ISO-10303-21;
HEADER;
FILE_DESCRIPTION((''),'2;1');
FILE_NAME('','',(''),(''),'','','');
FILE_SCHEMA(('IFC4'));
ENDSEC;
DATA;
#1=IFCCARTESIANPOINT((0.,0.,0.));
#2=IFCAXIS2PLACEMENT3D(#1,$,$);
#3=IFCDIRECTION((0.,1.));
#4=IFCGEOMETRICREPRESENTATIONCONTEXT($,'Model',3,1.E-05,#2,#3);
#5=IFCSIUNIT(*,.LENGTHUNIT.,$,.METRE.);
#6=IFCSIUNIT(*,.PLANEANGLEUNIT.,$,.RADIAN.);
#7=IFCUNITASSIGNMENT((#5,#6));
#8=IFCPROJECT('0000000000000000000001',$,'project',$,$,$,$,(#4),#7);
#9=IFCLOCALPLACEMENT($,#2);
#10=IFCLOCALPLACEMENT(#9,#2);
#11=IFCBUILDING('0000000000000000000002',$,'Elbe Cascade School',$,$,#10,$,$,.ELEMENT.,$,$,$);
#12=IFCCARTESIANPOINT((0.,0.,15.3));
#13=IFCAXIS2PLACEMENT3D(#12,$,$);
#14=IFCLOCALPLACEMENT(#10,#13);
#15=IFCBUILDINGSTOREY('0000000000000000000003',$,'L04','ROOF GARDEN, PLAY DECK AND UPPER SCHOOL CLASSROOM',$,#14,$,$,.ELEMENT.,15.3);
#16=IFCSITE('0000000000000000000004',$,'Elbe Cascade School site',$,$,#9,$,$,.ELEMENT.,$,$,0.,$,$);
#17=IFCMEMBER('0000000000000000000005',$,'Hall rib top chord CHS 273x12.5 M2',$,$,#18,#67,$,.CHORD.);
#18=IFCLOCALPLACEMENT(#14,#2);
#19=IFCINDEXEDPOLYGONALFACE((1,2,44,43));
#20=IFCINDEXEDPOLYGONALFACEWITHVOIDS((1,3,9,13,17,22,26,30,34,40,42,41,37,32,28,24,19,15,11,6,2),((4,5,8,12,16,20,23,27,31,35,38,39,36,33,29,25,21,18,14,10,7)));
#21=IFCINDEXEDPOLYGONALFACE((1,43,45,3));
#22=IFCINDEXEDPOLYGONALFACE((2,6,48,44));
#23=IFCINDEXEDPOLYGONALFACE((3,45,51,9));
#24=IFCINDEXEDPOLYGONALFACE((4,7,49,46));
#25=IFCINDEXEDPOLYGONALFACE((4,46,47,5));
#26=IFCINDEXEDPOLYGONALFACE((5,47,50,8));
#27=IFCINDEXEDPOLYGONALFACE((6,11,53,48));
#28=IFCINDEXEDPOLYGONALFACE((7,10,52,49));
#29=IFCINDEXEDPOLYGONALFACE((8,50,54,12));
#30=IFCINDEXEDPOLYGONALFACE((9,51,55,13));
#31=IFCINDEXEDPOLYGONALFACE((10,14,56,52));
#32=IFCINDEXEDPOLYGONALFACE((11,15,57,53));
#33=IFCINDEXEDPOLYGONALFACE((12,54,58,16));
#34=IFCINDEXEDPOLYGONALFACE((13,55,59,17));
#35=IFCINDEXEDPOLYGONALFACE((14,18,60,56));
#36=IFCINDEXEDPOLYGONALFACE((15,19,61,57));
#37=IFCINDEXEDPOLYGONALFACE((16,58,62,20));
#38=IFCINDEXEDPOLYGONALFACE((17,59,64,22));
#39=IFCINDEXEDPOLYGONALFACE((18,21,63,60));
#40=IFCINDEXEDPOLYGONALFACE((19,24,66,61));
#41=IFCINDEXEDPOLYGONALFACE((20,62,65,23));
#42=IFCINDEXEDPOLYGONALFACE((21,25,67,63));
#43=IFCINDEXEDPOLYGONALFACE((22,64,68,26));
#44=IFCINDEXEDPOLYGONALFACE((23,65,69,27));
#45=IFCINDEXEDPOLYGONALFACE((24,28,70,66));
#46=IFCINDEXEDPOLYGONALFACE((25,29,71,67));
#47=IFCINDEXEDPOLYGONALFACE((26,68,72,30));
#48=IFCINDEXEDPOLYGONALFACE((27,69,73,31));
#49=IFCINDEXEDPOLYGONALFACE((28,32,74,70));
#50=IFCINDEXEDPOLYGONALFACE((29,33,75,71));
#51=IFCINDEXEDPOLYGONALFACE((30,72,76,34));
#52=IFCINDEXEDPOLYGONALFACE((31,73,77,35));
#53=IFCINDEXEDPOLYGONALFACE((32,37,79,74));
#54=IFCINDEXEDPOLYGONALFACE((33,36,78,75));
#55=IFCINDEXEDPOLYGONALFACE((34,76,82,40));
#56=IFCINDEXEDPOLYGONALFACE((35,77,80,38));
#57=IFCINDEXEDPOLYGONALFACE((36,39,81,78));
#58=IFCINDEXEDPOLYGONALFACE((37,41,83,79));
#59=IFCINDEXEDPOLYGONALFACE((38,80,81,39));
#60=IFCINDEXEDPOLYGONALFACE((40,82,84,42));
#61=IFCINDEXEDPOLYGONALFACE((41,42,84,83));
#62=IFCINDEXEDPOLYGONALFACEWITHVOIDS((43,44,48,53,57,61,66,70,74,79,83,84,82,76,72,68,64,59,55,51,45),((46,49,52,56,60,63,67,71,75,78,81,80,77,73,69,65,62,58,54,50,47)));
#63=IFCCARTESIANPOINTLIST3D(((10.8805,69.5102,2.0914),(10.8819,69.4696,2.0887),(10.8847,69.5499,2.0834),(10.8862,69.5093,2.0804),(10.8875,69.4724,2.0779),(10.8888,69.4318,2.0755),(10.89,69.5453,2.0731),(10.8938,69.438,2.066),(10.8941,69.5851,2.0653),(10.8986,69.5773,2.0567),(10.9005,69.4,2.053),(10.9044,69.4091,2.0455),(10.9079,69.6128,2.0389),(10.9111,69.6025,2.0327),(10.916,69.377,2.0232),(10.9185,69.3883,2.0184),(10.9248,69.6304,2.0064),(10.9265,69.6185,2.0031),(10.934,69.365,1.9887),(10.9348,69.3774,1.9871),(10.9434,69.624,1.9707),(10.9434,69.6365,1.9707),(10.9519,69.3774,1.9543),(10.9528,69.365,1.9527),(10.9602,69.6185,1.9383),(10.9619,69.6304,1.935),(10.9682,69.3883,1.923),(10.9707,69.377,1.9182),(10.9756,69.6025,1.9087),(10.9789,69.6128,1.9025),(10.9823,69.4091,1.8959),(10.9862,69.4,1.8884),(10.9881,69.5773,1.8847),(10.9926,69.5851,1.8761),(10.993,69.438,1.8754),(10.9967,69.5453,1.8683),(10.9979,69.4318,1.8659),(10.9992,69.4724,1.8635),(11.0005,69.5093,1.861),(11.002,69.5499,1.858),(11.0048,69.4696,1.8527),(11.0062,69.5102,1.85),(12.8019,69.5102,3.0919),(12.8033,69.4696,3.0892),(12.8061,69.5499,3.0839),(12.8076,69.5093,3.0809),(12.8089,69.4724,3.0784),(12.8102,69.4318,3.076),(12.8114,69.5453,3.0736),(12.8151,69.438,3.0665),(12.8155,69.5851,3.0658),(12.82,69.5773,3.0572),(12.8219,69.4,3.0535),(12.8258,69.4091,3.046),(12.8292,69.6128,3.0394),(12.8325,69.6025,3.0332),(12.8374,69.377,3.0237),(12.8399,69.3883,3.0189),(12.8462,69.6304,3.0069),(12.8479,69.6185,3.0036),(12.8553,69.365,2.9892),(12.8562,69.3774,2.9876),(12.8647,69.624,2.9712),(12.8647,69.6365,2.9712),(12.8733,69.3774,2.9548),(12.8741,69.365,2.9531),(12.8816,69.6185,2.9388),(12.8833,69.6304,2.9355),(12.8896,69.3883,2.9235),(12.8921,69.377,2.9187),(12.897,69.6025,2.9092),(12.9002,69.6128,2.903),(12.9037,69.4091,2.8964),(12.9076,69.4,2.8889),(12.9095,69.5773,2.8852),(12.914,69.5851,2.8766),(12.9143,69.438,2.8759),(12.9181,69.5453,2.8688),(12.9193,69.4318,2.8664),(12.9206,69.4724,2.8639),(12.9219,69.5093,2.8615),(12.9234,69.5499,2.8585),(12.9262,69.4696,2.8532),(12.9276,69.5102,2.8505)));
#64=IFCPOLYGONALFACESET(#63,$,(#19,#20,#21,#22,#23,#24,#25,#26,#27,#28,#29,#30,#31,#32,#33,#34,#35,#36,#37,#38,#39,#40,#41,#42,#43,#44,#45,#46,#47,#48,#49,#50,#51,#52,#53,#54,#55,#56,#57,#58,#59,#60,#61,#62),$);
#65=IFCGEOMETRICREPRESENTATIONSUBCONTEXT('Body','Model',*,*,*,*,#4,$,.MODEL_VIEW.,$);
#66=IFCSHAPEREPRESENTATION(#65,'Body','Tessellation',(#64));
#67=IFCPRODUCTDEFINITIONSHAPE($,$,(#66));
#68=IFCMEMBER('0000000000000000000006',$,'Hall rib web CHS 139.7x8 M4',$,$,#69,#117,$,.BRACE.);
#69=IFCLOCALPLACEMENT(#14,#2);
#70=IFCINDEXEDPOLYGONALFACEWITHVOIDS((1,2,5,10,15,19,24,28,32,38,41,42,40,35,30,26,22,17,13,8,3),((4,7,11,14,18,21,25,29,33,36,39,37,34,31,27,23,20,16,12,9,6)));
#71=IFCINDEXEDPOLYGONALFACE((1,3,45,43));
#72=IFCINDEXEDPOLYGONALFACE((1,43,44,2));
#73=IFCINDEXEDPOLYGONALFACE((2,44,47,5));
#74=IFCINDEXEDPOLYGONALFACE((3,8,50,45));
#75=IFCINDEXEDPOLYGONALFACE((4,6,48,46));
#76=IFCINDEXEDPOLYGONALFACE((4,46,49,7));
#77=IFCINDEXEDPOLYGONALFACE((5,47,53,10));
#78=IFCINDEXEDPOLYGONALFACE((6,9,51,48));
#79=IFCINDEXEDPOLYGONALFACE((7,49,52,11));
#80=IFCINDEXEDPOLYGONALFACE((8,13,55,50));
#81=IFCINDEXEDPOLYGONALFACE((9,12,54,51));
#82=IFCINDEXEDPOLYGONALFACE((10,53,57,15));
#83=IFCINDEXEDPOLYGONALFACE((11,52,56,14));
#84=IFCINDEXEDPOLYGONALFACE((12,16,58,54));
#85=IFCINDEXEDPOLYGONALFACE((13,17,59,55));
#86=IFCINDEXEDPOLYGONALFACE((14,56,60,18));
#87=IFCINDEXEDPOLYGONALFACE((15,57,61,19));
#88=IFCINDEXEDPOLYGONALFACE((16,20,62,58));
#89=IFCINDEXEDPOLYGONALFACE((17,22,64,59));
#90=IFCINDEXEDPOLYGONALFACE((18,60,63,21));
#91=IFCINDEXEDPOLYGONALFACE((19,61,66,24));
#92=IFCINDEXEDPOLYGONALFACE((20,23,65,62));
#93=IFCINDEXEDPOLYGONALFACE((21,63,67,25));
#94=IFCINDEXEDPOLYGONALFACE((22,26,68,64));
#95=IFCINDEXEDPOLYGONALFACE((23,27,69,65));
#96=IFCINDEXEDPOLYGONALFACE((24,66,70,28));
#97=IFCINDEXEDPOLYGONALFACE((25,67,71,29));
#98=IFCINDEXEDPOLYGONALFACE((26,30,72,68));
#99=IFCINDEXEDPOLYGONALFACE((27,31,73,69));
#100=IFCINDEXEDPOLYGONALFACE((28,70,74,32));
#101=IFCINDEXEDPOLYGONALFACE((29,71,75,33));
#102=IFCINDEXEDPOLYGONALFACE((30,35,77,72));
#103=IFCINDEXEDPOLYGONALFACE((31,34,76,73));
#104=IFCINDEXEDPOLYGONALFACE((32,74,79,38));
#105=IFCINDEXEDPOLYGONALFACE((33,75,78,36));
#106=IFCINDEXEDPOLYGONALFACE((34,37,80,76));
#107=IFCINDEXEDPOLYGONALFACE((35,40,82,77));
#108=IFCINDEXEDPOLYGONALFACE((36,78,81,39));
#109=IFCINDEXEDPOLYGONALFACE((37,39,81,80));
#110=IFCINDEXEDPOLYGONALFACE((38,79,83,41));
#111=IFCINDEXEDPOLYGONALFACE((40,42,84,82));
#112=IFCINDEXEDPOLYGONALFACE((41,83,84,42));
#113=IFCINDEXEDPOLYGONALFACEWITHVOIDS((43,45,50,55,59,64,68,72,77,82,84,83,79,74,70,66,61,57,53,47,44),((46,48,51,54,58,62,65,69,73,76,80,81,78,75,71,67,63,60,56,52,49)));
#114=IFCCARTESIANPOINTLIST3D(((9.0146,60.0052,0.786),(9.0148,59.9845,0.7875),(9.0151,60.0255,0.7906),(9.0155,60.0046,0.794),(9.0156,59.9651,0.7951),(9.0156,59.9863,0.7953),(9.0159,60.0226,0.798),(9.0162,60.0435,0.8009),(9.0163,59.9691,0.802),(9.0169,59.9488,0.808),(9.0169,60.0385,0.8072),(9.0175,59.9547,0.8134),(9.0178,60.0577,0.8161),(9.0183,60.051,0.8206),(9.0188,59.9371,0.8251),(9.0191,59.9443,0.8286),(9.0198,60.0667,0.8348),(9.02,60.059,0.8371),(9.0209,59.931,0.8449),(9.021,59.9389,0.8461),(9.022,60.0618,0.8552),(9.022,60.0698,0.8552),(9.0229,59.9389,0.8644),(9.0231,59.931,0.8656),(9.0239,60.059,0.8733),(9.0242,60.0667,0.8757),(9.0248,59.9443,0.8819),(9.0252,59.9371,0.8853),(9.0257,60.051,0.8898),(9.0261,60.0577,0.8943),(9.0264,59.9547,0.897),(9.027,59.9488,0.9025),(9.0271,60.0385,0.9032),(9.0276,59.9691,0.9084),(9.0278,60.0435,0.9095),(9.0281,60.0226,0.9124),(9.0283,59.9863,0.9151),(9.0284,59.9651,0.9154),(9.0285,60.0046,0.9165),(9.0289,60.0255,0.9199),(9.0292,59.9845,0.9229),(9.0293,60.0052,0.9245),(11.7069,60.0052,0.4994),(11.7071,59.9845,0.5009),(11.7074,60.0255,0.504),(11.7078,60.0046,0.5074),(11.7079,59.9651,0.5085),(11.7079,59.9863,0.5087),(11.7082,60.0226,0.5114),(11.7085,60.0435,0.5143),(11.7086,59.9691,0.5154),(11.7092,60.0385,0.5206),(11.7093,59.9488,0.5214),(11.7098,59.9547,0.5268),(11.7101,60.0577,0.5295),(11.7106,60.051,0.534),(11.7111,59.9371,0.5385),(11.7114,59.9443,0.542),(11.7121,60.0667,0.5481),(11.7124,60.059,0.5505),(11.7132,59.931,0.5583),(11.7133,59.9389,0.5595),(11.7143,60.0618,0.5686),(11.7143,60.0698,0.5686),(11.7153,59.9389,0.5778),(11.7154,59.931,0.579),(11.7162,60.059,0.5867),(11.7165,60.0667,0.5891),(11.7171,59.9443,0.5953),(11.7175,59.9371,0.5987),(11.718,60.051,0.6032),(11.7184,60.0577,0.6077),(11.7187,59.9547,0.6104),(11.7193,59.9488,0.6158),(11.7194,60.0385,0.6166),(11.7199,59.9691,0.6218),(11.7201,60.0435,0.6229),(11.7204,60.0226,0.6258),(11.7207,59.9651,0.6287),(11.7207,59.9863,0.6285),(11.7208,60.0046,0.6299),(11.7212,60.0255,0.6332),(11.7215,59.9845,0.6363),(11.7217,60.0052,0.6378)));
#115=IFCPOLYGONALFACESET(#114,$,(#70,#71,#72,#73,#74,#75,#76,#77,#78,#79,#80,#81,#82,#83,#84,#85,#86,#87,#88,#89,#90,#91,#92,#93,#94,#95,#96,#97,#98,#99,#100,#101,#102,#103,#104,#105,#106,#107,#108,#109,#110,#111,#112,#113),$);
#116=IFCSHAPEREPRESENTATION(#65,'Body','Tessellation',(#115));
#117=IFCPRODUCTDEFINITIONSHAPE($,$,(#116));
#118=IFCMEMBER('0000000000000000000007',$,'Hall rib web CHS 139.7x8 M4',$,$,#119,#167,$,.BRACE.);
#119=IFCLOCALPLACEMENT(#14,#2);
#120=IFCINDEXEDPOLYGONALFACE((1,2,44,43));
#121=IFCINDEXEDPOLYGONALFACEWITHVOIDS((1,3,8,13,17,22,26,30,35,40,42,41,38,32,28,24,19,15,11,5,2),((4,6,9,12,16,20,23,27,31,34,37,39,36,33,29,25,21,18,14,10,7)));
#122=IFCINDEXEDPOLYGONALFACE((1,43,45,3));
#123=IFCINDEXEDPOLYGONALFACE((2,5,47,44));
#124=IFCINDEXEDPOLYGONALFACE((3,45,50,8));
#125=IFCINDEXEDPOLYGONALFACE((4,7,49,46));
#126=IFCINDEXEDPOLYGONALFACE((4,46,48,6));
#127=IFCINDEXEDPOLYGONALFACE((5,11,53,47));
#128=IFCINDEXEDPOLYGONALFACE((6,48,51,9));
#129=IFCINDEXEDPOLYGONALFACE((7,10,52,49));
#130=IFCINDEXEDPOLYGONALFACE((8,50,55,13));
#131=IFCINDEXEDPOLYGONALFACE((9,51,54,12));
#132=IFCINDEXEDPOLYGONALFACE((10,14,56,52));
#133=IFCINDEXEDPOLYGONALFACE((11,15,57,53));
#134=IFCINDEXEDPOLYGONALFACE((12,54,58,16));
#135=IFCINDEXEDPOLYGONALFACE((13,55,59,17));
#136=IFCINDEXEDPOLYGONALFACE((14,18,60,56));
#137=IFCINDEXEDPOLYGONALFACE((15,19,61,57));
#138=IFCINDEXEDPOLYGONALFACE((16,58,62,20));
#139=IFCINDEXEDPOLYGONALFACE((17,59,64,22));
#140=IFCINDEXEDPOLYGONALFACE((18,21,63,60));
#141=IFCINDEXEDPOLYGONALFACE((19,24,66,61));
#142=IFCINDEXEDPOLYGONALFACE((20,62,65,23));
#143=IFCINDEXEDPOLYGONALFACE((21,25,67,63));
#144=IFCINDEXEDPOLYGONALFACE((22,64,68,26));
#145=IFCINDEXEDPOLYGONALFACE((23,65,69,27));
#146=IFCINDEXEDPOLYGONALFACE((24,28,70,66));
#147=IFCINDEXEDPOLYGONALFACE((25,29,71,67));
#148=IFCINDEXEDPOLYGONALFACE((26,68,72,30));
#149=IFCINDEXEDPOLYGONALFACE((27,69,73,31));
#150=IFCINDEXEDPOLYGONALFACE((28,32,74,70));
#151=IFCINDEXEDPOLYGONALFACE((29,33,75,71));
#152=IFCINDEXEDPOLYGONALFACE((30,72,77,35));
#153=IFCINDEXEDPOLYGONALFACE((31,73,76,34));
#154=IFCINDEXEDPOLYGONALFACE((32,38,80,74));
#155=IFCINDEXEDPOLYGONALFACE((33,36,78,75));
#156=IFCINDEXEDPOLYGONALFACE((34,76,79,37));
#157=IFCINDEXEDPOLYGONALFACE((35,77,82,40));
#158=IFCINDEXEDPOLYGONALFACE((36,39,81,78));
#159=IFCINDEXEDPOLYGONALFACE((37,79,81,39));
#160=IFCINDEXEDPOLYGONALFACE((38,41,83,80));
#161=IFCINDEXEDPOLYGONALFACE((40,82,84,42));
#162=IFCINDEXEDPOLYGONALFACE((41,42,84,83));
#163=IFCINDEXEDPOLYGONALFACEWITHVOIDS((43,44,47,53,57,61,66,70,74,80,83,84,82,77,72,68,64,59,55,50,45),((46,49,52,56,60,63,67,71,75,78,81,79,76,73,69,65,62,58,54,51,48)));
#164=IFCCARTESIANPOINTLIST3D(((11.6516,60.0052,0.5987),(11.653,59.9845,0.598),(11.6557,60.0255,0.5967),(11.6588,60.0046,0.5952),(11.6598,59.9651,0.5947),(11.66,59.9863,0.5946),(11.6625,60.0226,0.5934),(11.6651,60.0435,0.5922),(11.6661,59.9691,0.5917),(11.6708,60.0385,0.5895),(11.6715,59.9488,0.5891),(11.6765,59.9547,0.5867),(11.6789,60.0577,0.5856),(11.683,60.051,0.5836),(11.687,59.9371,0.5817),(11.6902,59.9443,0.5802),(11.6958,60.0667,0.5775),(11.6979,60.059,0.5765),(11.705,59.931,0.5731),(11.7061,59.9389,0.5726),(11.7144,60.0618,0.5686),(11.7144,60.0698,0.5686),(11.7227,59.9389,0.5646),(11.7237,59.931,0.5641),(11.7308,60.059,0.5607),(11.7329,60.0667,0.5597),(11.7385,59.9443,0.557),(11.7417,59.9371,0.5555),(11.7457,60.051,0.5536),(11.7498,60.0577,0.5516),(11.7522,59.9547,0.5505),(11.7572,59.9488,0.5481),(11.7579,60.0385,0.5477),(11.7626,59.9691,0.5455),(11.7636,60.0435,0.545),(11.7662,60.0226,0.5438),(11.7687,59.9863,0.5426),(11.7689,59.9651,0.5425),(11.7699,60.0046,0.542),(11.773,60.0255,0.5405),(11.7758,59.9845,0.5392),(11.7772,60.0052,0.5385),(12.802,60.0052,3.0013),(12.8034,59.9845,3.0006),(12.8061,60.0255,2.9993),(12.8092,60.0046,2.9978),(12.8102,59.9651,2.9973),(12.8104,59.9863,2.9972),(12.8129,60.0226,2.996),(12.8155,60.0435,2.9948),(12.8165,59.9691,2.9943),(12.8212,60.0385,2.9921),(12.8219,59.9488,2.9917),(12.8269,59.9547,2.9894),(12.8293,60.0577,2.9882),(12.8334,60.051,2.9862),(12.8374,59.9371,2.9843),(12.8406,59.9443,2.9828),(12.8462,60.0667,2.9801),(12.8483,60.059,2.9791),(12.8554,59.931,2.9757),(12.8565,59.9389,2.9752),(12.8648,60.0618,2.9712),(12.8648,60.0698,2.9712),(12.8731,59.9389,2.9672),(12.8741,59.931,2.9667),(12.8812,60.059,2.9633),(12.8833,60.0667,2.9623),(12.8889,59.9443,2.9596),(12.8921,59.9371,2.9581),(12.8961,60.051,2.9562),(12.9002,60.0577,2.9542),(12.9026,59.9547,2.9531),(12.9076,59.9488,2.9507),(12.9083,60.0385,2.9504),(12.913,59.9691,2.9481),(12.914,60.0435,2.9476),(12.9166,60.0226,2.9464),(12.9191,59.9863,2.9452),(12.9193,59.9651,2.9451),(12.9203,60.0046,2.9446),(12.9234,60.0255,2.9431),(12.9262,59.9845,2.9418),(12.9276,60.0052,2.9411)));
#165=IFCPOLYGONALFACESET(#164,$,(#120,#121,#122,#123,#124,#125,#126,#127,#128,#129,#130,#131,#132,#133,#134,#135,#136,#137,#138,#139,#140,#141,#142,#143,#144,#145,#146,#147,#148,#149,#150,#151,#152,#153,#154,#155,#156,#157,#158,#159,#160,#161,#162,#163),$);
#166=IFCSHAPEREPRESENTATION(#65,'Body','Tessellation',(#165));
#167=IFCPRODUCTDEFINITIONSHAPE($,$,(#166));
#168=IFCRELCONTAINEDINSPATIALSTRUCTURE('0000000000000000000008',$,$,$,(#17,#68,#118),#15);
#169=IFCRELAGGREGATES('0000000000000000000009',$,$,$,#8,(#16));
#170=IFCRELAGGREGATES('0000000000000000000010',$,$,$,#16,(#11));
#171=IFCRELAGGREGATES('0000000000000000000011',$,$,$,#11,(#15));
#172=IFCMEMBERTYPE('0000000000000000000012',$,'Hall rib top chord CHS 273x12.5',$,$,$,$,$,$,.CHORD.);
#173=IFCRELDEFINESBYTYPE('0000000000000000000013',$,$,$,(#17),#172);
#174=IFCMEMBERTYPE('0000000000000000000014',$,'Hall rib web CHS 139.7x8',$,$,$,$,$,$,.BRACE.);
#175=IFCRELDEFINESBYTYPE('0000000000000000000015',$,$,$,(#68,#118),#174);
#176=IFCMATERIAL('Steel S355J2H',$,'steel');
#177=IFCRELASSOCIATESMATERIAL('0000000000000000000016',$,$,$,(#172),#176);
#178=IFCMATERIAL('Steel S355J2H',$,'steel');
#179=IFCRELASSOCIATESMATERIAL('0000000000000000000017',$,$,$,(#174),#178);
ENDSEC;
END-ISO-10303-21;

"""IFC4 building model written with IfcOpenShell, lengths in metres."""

from ifc_helpers import new_model, si_unit, direction, frame, origin, origin_2d, place, context, subcontext, project, spatial, hollow_circle, extrude, material, material_profile, profile_set, type_object, element, save


model = new_model("IFC4")

# Units and contexts
model_context = context("Model", 3, precision=1e-05, world=origin(), true_north=direction((0.0, 1.0)))
body_context = subcontext(model_context, "Body", "Model", "MODEL_VIEW")
ifc_project = project(units=[si_unit("LENGTHUNIT", "METRE"), si_unit("PLANEANGLEUNIT", "RADIAN")], contexts=[model_context])

# Site, building, storey
site_placement = place(None, origin())
site = spatial("IfcSite", under=ifc_project, at=site_placement, Name="Elbe Cascade School site", CompositionType="ELEMENT", RefElevation=0.0)
building_placement = place(site_placement, origin())
building = spatial("IfcBuilding", under=site, at=building_placement, Name="Elbe Cascade School", CompositionType="ELEMENT")
storey_placement = place(building_placement, frame((0.0, 0.0, 15.3)))
storey = spatial("IfcBuildingStorey", under=building, at=storey_placement, Name="L04", Description="ROOF GARDEN, PLAY DECK AND UPPER SCHOOL CLASSROOM", CompositionType="ELEMENT", Elevation=15.3)

# Members
ifc_material_1 = material(Name="Steel S355J2H", Category="steel")
ifc_material_profile_1 = material_profile(ifc_material_1, hollow_circle(Radius=0.1365, WallThickness=0.0125, at=origin_2d()), Name="CHS 273x12.5")
ifc_profile_set_1 = profile_set([ifc_material_profile_1], Name="Steel S355J2H")
member_type_1 = type_object("IfcMemberType", Name="Hall rib top chord CHS 273x12.5", PredefinedType="CHORD", material=ifc_profile_set_1)
member_1_placement = place(storey_placement, frame((10.9434, 69.5, 1.9707), z_axis=(0.886958, 0.0, 0.461849), x_axis=(0.0, 1.0, 0.0)))
element("IfcMember", 1, at=member_1_placement, inside=storey, type_object=member_type_1, Name="Hall rib top chord CHS 273x12.5 M2", PredefinedType="CHORD", context=body_context, shape_type="SweptSolid", body=[
    extrude(hollow_circle(Radius=0.1365, WallThickness=0.0125, at=origin_2d()), origin(), (0.0, 0.0, 1.0), 2.1663),
])
ifc_material_2 = material(Name="Steel S355J2H", Category="steel")
ifc_material_profile_2 = material_profile(ifc_material_2, hollow_circle(Radius=0.0698, WallThickness=0.0081, at=origin_2d()), Name="CHS 139.7x8")
ifc_profile_set_2 = profile_set([ifc_material_profile_2], Name="Steel S355J2H")
member_type_2 = type_object("IfcMemberType", Name="Hall rib web CHS 139.7x8", PredefinedType="BRACE", material=ifc_profile_set_2)
member_2_placement = place(storey_placement, frame((9.022, 60.0, 0.8552), z_axis=(0.994381, 0.0, -0.105858), x_axis=(0.0, 1.0, 0.0)))
element("IfcMember", 2, at=member_2_placement, inside=storey, type_object=member_type_2, Name="Hall rib web CHS 139.7x8 M4", PredefinedType="BRACE", context=body_context, shape_type="SweptSolid", body=[
    extrude(hollow_circle(Radius=0.0698, WallThickness=0.0081, at=origin_2d()), origin(), (0.0, 0.0, 1.0), 2.7075),
])
member_3_placement = place(storey_placement, frame((11.7144, 60.0, 0.5686), z_axis=(0.431861, 0.0, 0.90194), x_axis=(0.0, 1.0, 0.0)))
element("IfcMember", 3, at=member_3_placement, inside=storey, type_object=member_type_2, Name="Hall rib web CHS 139.7x8 M4", PredefinedType="BRACE", context=body_context, shape_type="SweptSolid", body=[
    extrude(hollow_circle(Radius=0.0698, WallThickness=0.0081, at=origin_2d()), origin(), (0.0, 0.0, 1.0), 2.6638),
])

save(model, "model.ifc")
